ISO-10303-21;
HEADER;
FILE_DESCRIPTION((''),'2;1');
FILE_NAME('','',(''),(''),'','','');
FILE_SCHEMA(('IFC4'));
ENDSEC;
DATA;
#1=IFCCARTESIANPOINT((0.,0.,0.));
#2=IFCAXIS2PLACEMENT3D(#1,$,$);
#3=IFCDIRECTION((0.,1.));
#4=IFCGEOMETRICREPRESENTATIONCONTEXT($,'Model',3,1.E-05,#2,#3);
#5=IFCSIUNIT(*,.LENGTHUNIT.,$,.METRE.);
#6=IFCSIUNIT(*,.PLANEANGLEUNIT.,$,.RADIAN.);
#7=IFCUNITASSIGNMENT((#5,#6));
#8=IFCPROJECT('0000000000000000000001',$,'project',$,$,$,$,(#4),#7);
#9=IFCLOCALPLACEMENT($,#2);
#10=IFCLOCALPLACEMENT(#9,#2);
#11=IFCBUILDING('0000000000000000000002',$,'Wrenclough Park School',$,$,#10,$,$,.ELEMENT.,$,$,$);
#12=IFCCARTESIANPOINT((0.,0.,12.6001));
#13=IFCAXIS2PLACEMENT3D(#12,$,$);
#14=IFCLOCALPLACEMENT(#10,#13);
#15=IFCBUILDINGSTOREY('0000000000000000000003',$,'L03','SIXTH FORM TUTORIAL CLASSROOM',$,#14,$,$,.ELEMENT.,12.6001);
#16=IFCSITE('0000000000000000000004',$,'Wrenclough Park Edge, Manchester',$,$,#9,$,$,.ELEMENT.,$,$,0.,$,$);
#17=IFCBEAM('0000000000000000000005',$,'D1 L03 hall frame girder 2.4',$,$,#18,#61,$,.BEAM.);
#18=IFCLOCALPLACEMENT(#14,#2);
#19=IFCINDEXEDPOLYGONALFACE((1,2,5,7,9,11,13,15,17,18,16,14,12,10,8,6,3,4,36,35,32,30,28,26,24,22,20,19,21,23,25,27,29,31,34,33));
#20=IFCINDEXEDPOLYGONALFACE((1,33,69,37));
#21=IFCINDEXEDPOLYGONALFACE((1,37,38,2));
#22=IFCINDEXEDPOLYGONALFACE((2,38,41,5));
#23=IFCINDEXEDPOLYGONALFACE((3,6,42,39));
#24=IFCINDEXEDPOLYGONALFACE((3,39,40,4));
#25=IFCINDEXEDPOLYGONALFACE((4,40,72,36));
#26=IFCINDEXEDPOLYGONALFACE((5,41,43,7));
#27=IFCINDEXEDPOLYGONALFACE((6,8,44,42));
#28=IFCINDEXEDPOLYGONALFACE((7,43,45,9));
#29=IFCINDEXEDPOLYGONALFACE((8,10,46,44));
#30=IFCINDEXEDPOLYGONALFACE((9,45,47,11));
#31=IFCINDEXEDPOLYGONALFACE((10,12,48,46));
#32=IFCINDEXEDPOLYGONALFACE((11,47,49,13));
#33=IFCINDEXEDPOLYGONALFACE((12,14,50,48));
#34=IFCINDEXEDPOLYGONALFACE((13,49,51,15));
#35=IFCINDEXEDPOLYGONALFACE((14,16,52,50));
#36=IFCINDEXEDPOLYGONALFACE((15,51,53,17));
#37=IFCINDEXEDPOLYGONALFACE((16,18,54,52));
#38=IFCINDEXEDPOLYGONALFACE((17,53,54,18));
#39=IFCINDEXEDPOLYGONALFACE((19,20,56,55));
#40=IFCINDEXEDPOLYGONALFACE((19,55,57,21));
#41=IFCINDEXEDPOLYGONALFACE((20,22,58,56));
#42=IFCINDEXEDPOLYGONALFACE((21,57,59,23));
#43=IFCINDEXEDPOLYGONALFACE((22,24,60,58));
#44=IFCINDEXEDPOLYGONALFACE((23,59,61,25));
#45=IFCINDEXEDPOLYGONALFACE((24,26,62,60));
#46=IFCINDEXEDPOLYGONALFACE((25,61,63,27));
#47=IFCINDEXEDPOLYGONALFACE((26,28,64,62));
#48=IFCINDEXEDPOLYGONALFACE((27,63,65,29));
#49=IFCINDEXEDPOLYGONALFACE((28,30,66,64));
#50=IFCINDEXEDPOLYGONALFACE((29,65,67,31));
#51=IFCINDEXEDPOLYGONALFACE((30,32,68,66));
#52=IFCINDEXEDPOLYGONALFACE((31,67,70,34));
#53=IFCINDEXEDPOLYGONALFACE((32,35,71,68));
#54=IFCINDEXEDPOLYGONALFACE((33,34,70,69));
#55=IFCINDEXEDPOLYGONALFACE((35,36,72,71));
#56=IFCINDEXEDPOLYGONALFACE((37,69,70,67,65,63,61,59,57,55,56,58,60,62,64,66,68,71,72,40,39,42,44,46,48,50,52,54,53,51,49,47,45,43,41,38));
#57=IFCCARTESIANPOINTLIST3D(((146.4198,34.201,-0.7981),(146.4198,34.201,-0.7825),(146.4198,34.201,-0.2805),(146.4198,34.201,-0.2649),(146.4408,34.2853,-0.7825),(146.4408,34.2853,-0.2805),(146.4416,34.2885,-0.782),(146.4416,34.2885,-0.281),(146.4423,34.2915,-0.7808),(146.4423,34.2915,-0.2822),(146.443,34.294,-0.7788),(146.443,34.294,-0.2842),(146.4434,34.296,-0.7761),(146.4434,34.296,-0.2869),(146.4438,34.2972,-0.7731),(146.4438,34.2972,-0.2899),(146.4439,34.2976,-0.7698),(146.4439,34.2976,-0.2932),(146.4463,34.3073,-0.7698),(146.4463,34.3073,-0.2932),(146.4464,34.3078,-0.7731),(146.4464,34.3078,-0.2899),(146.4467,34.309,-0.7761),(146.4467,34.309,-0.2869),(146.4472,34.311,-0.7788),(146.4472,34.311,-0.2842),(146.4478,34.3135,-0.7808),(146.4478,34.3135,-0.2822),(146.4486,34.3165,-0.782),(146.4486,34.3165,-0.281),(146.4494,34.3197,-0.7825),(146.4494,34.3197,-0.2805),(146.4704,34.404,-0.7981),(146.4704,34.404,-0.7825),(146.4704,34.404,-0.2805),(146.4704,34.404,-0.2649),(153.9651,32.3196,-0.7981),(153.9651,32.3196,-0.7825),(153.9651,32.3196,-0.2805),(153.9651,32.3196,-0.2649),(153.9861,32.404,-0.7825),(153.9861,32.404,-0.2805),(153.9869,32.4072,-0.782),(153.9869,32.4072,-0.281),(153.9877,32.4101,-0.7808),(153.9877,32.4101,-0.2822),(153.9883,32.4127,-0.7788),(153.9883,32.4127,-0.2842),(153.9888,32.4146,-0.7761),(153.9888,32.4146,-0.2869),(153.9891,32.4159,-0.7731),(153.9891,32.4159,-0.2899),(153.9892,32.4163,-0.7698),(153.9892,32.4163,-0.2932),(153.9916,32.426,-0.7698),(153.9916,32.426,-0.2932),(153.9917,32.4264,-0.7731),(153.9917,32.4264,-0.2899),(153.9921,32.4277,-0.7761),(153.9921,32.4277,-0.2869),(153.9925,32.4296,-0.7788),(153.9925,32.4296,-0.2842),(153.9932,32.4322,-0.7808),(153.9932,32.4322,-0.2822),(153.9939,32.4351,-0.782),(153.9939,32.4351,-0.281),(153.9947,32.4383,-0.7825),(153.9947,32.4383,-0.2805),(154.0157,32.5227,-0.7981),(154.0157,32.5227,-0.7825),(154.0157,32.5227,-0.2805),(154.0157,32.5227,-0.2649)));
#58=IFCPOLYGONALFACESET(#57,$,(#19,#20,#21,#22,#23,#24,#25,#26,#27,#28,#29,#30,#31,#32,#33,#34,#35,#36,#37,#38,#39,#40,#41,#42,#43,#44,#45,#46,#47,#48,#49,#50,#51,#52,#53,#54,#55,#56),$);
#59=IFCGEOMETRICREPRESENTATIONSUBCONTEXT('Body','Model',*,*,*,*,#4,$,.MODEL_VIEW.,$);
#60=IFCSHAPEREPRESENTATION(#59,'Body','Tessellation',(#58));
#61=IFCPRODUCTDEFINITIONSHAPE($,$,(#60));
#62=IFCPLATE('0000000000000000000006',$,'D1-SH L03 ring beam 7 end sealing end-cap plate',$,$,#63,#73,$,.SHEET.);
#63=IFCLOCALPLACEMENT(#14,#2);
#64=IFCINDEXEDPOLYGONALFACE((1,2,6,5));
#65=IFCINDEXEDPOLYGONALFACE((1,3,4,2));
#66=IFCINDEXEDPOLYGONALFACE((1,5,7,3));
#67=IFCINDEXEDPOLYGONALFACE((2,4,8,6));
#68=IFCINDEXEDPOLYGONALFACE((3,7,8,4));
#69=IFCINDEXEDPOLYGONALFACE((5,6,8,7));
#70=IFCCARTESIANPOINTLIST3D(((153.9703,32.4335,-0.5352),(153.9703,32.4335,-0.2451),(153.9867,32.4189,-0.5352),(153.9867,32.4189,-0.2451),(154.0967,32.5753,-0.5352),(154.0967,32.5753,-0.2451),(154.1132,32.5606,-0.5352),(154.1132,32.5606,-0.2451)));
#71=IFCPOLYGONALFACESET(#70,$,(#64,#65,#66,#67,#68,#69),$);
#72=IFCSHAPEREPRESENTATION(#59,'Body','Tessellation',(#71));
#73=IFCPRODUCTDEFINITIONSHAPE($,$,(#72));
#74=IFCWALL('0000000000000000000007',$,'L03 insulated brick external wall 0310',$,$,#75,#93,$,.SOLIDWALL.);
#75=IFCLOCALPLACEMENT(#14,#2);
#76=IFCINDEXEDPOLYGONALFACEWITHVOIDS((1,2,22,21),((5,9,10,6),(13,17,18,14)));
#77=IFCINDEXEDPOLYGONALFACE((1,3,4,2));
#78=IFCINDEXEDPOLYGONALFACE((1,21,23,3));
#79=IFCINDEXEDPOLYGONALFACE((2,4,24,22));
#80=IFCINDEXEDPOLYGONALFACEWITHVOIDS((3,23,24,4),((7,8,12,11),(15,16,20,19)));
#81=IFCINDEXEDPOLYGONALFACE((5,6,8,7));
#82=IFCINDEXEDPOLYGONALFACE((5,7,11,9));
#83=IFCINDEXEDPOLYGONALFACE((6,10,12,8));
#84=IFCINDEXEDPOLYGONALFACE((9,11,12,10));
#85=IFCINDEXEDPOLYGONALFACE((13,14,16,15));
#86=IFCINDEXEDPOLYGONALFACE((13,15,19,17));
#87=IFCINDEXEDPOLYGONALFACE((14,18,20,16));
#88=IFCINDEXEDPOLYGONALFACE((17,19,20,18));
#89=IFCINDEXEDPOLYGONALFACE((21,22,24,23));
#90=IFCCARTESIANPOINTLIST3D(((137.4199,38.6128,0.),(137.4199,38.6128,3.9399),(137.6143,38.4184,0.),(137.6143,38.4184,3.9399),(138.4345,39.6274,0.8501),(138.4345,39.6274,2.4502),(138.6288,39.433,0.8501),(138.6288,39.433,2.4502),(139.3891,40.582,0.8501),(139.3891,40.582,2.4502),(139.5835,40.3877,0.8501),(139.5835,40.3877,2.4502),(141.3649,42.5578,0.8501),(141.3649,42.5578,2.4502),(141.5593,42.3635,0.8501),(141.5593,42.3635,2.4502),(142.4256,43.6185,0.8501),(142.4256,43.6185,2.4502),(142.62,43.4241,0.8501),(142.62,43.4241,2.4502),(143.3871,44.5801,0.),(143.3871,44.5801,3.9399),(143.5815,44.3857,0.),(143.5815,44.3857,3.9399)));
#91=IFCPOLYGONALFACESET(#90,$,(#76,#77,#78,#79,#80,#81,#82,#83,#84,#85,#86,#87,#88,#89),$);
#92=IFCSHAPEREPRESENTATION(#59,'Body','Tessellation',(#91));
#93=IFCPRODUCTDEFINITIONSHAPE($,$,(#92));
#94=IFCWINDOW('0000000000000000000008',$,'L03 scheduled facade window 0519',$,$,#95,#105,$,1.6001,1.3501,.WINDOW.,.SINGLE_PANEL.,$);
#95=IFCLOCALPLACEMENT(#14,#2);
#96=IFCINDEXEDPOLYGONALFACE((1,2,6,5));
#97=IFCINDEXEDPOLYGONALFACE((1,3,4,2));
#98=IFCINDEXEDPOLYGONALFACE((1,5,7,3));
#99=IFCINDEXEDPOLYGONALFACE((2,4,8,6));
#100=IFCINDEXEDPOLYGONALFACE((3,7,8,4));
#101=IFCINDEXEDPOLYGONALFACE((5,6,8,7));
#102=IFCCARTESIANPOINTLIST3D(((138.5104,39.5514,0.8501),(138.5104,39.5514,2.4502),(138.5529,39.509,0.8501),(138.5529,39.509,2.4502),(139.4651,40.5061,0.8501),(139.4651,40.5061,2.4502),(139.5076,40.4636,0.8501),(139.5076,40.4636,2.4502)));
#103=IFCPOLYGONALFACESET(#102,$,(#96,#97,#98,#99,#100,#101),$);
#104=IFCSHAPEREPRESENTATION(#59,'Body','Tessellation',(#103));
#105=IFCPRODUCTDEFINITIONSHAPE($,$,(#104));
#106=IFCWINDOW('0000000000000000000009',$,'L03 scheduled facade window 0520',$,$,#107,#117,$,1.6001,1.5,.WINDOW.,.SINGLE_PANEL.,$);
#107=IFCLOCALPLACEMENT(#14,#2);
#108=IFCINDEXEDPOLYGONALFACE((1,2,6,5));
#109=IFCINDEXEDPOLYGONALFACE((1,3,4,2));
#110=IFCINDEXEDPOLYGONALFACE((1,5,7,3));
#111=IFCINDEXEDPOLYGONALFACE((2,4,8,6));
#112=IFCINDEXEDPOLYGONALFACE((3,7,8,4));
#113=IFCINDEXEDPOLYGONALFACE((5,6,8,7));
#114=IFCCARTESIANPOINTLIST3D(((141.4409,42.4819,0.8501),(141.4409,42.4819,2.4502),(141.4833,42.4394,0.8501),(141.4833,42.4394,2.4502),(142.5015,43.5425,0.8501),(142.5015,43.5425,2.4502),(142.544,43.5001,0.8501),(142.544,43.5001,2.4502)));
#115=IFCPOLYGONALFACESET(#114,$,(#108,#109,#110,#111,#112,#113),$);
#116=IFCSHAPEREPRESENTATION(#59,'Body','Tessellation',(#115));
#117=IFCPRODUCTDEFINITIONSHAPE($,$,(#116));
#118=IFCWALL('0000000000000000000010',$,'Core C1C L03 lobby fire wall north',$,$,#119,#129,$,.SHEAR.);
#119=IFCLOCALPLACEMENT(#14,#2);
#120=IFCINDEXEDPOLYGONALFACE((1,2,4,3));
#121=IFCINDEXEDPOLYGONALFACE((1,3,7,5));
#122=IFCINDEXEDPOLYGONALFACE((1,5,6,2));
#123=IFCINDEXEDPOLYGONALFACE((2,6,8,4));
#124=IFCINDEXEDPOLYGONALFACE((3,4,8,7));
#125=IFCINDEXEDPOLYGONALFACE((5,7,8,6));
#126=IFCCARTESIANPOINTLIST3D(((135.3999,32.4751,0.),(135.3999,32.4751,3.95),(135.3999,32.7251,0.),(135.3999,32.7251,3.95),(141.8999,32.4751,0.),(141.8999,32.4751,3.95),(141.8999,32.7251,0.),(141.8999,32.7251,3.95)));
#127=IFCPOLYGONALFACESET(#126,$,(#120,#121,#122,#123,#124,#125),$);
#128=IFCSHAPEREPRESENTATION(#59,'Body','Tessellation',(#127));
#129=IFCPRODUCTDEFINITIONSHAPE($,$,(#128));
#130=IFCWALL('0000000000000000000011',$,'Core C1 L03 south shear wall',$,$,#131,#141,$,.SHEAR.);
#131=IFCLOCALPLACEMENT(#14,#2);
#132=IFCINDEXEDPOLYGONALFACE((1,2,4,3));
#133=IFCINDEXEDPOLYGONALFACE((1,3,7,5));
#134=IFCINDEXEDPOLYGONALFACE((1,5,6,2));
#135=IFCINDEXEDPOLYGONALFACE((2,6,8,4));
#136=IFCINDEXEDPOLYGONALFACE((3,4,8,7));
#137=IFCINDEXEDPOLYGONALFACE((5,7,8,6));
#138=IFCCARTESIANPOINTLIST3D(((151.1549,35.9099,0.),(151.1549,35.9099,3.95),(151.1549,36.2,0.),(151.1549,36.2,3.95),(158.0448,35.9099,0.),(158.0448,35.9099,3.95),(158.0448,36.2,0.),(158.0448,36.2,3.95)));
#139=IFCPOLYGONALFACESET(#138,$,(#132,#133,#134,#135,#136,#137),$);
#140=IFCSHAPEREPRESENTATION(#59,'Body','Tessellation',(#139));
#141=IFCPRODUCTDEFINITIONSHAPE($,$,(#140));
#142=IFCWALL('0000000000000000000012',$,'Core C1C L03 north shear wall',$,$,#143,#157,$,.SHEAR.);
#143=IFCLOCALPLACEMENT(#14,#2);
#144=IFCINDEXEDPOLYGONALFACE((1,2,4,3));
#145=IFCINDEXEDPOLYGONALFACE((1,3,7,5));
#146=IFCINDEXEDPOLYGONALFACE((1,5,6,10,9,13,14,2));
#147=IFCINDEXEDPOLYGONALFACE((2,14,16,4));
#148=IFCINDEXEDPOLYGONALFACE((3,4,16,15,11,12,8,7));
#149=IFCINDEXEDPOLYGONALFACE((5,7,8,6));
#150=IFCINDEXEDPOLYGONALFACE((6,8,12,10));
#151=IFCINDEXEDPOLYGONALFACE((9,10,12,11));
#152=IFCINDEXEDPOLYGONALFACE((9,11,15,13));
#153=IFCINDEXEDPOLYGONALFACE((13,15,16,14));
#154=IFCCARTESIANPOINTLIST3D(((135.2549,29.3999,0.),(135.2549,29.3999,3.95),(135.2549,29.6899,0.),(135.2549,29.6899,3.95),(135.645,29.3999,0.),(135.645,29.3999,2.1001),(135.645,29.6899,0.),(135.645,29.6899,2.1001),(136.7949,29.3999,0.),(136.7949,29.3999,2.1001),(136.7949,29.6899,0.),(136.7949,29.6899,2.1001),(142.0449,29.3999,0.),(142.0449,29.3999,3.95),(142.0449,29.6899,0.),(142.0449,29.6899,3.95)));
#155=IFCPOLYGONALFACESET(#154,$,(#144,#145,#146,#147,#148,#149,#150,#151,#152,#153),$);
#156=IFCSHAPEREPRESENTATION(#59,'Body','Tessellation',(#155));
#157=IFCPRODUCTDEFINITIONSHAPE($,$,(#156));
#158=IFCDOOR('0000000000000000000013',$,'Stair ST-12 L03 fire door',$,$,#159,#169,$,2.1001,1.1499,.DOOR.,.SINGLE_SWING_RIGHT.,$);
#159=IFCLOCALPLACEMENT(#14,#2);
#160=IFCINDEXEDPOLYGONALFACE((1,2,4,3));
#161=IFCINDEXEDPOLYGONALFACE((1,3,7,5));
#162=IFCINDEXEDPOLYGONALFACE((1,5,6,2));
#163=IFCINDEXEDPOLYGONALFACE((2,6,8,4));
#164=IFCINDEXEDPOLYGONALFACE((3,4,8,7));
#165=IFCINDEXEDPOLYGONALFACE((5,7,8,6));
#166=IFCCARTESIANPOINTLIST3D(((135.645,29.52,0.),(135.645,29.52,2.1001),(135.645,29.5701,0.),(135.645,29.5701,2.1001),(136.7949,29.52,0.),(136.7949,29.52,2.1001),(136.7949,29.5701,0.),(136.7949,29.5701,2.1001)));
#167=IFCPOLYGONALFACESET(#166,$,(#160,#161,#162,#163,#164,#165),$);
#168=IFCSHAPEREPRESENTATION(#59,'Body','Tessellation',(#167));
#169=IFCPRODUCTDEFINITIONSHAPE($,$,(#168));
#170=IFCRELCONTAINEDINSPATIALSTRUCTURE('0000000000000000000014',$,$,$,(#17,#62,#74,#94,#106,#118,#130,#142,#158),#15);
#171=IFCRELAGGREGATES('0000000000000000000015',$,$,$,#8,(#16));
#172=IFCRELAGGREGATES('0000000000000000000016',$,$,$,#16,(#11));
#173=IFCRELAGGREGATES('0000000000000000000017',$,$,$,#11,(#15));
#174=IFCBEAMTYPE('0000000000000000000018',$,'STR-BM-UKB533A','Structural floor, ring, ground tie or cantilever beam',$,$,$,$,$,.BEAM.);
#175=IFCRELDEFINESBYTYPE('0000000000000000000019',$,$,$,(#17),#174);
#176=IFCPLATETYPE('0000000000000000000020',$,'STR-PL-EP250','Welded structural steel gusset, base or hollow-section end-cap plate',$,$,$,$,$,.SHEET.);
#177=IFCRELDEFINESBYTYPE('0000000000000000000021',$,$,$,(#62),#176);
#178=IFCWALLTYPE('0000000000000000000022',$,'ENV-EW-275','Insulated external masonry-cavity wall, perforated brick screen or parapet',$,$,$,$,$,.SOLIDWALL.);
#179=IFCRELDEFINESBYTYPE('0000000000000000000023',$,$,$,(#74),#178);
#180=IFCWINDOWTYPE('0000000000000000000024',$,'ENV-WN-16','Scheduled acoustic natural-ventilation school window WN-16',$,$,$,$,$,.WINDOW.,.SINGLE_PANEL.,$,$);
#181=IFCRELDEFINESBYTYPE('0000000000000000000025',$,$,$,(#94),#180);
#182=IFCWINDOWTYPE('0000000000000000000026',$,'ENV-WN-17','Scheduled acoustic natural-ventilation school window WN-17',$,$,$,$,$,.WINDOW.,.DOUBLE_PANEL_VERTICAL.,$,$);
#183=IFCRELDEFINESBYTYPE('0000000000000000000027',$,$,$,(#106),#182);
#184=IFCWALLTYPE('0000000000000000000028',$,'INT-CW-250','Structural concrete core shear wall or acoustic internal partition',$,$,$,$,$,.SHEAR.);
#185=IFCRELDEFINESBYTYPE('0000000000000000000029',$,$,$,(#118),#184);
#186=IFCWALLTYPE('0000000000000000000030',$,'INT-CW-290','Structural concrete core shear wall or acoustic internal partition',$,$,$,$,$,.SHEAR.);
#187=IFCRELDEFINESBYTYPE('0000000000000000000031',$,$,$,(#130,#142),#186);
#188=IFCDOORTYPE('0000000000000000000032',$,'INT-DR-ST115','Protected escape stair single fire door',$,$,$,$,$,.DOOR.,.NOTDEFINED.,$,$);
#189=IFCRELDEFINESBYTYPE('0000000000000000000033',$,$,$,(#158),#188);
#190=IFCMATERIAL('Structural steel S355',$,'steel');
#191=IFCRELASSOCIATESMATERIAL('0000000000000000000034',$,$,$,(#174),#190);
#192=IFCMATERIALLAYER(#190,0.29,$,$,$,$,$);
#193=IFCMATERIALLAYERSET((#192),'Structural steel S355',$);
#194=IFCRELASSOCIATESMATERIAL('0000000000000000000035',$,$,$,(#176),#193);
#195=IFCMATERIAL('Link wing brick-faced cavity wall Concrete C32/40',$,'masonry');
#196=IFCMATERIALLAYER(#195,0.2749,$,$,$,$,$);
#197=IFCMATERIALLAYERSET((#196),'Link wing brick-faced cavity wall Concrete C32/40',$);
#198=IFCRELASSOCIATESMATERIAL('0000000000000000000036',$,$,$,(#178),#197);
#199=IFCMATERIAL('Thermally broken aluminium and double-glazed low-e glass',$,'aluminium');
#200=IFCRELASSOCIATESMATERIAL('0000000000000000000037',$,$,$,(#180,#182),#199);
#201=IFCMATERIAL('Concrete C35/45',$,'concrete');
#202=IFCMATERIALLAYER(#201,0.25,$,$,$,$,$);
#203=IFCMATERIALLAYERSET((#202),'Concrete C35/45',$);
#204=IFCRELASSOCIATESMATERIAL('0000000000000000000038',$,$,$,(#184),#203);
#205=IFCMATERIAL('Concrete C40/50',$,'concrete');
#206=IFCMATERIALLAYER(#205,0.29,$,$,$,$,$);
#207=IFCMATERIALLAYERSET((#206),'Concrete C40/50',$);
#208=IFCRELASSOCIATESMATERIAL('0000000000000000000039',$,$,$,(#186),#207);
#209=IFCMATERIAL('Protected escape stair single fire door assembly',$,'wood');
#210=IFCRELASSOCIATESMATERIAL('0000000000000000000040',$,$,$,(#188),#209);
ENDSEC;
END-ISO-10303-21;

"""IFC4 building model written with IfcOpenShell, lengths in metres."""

from ifc_helpers import new_model, si_unit, direction, frame, frame_2d, origin, origin_2d, place, context, subcontext, project, spatial, rectangle, i_section, extrude, material, layer, layer_set, material_profile, profile_set, type_object, element, fill, save


model = new_model("IFC4")

# Units and contexts
model_context = context("Model", 3, precision=1e-05, world=origin(), true_north=direction((0.0, 1.0)))
body_context = subcontext(model_context, "Body", "Model", "MODEL_VIEW")
ifc_project = project(units=[si_unit("LENGTHUNIT", "METRE"), si_unit("PLANEANGLEUNIT", "RADIAN")], contexts=[model_context])

# Site, building, storey
site_placement = place(None, origin())
site = spatial("IfcSite", under=ifc_project, at=site_placement, Name="Wrenclough Park Edge, Manchester", CompositionType="ELEMENT", RefElevation=0.0)
building_placement = place(site_placement, origin())
building = spatial("IfcBuilding", under=site, at=building_placement, Name="Wrenclough Park School", CompositionType="ELEMENT")
storey_placement = place(building_placement, frame((0.0, 0.0, 12.6001)))
storey = spatial("IfcBuildingStorey", under=building, at=storey_placement, Name="L03", Description="SIXTH FORM TUTORIAL CLASSROOM", CompositionType="ELEMENT", Elevation=12.6001)

# Shared definitions
ifc_material_1 = material(Name="Structural steel S355", Category="steel")

# Beam
ifc_material_profile_1 = material_profile(ifc_material_1, i_section(OverallWidth=0.2092, OverallDepth=0.5332, WebThickness=0.01, FlangeThickness=0.0156, FilletRadius=0.0127, at=origin_2d()), Name="UKB 533x210x92")
ifc_profile_set_1 = profile_set([ifc_material_profile_1], Name="Structural steel S355")
beam_type_1 = type_object("IfcBeamType", Name="STR-BM-UKB533A", Description="Structural floor, ring, ground tie or cantilever beam", PredefinedType="BEAM", material=ifc_profile_set_1)
beam_1_placement = place(storey_placement, frame((146.4451, 34.3025, -0.5315), z_axis=(0.970294, -0.24193, 0.0), x_axis=(0.24193, 0.970294, 0.0)))
element("IfcBeam", 1, at=beam_1_placement, inside=storey, type_object=beam_type_1, Name="D1 L03 hall frame girder 2.4", PredefinedType="BEAM", context=body_context, shape_type="SweptSolid", body=[
    extrude(i_section(OverallWidth=0.2092, OverallDepth=0.5332, WebThickness=0.01, FlangeThickness=0.0156, FilletRadius=0.0127, at=origin_2d()), origin(), (0.0, 0.0, 1.0), 7.7764),
])

# Plate
ifc_layer_1 = layer(ifc_material_1, 0.29)
ifc_layer_set_1 = layer_set([ifc_layer_1], Name="Structural steel S355")
plate_type = type_object("IfcPlateType", Name="STR-PL-EP250", Description="Welded structural steel gusset, base or hollow-section end-cap plate", PredefinedType="SHEET", material=ifc_layer_set_1)
plate_placement = place(storey_placement, frame((154.0417, 32.4971, -0.5352), z_axis=(0.0, 0.0, 1.0), x_axis=(0.746406, -0.665491, 0.0)))
element("IfcPlate", 2, at=plate_placement, inside=storey, type_object=plate_type, Name="D1-SH L03 ring beam 7 end sealing end-cap plate", PredefinedType="SHEET", context=body_context, shape_type="SweptSolid", body=[
    extrude(rectangle(XDim=0.022, YDim=0.1899, at=origin_2d()), origin(), (0.0, 0.0, 1.0), 0.29),
])

# Wall, openings, windows
ifc_material_2 = material(Name="Link wing brick-faced cavity wall Concrete C32/40", Category="masonry")
ifc_layer_2 = layer(ifc_material_2, 0.2749)
ifc_layer_set_2 = layer_set([ifc_layer_2], Name="Link wing brick-faced cavity wall Concrete C32/40")
wall_type_1 = type_object("IfcWallType", Name="ENV-EW-275", Description="Insulated external masonry-cavity wall, perforated brick screen or parapet", PredefinedType="SOLIDWALL", material=ifc_layer_set_2)
wall_1_placement = place(storey_placement, frame((137.5171, 38.5156, 0.0), z_axis=(0.0, 0.0, 1.0), x_axis=(0.707107, 0.707107, 0.0)))
wall_1 = element("IfcWall", 3, at=wall_1_placement, inside=storey, type_object=wall_type_1, Name="L03 insulated brick external wall 0310", PredefinedType="SOLIDWALL", context=body_context, shape_type="SweptSolid", body=[
    extrude(rectangle(XDim=8.439, YDim=0.2749, at=frame_2d((4.2195, 0.0))), origin(), (0.0, 0.0, 1.0), 3.9399),
])
opening_1_placement = place(wall_1_placement, frame((1.4348, 0.0, 0.8501)))
opening_1 = element("IfcOpeningElement", 4, at=opening_1_placement, cuts=wall_1, PredefinedType="OPENING", context=body_context, shape_type="SweptSolid", body=[
    extrude(rectangle(XDim=1.3501, YDim=1.6001, at=frame_2d((0.675, 0.8))), frame((0.0, 0.1475, 0.0), z_axis=(0.0, -1.0, 0.0), x_axis=(1.0, 0.0, 0.0)), (0.0, 0.0, 1.0), 0.2949),
])
opening_2_placement = place(wall_1_placement, frame((5.5791, 0.0, 0.8501)))
opening_2 = element("IfcOpeningElement", 5, at=opening_2_placement, cuts=wall_1, PredefinedType="OPENING", context=body_context, shape_type="SweptSolid", body=[
    extrude(rectangle(XDim=1.5, YDim=1.6001, at=frame_2d((0.75, 0.8))), frame((0.0, 0.1475, 0.0), z_axis=(0.0, -1.0, 0.0), x_axis=(1.0, 0.0, 0.0)), (0.0, 0.0, 1.0), 0.2949),
])
ifc_material_3 = material(Name="Thermally broken aluminium and double-glazed low-e glass", Category="aluminium")
window_type_1 = type_object("IfcWindowType", Name="ENV-WN-16", Description="Scheduled acoustic natural-ventilation school window WN-16", PartitioningType="SINGLE_PANEL", PredefinedType="WINDOW", material=ifc_material_3)
window_1_placement = place(opening_1_placement, origin())
window_1 = element("IfcWindow", 6, at=window_1_placement, inside=storey, type_object=window_type_1, Name="L03 scheduled facade window 0519", OverallHeight=1.6001, OverallWidth=1.3501, PartitioningType="SINGLE_PANEL", PredefinedType="WINDOW", context=body_context, shape_type="SweptSolid", body=[
    extrude(rectangle(XDim=1.3501, YDim=1.6001, at=frame_2d((0.675, 0.8))), frame((0.0, 0.03, 0.0), z_axis=(0.0, -1.0, 0.0), x_axis=(1.0, 0.0, 0.0)), (0.0, 0.0, 1.0), 0.0601),
])
fill(opening_1, window_1)
window_type_2 = type_object("IfcWindowType", Name="ENV-WN-17", Description="Scheduled acoustic natural-ventilation school window WN-17", PartitioningType="DOUBLE_PANEL_VERTICAL", PredefinedType="WINDOW", material=ifc_material_3)
window_2_placement = place(opening_2_placement, origin())
window_2 = element("IfcWindow", 7, at=window_2_placement, inside=storey, type_object=window_type_2, Name="L03 scheduled facade window 0520", OverallHeight=1.6001, OverallWidth=1.5, PartitioningType="SINGLE_PANEL", PredefinedType="WINDOW", context=body_context, shape_type="SweptSolid", body=[
    extrude(rectangle(XDim=1.5, YDim=1.6001, at=frame_2d((0.75, 0.8))), frame((0.0, 0.03, 0.0), z_axis=(0.0, -1.0, 0.0), x_axis=(1.0, 0.0, 0.0)), (0.0, 0.0, 1.0), 0.0601),
])
fill(opening_2, window_2)

# Shared definitions
ifc_material_4 = material(Name="Concrete C35/45", Category="concrete")
ifc_layer_3 = layer(ifc_material_4, 0.25)
ifc_layer_set_3 = layer_set([ifc_layer_3], Name="Concrete C35/45")
wall_type_2 = type_object("IfcWallType", Name="INT-CW-250", Description="Structural concrete core shear wall or acoustic internal partition", PredefinedType="SHEAR", material=ifc_layer_set_3)

# Walls
wall_2_placement = place(storey_placement, frame((141.8999, 32.6001, 0.0), z_axis=(0.0, 0.0, 1.0), x_axis=(-1.0, 0.0, 0.0)))
element("IfcWall", 8, at=wall_2_placement, inside=storey, type_object=wall_type_2, Name="Core C1C L03 lobby fire wall north", PredefinedType="SHEAR", context=body_context, shape_type="SweptSolid", body=[
    extrude(rectangle(XDim=6.5, YDim=0.25, at=frame_2d((3.25, 0.0))), origin(), (0.0, 0.0, 1.0), 3.95),
])
ifc_material_5 = material(Name="Concrete C40/50", Category="concrete")
ifc_layer_4 = layer(ifc_material_5, 0.29)
ifc_layer_set_4 = layer_set([ifc_layer_4], Name="Concrete C40/50")
wall_type_3 = type_object("IfcWallType", Name="INT-CW-290", Description="Structural concrete core shear wall or acoustic internal partition", PredefinedType="SHEAR", material=ifc_layer_set_4)
wall_3_placement = place(storey_placement, frame((151.155, 36.0549, 0.0), z_axis=(0.0, 0.0, 1.0), x_axis=(1.0, 0.0, 0.0)))
element("IfcWall", 9, at=wall_3_placement, inside=storey, type_object=wall_type_3, Name="Core C1 L03 south shear wall", PredefinedType="SHEAR", context=body_context, shape_type="SweptSolid", body=[
    extrude(rectangle(XDim=6.8899, YDim=0.29, at=frame_2d((3.4448, 0.0))), origin(), (0.0, 0.0, 1.0), 3.95),
])

# Wall, opening, door
wall_4_placement = place(storey_placement, frame((142.0449, 29.5449, 0.0), z_axis=(0.0, 0.0, 1.0), x_axis=(-1.0, 0.0, 0.0)))
wall_4 = element("IfcWall", 10, at=wall_4_placement, inside=storey, type_object=wall_type_3, Name="Core C1C L03 north shear wall", PredefinedType="SHEAR", context=body_context, shape_type="SweptSolid", body=[
    extrude(rectangle(XDim=6.79, YDim=0.29, at=frame_2d((3.395, 0.0))), origin(), (0.0, 0.0, 1.0), 3.95),
])
opening_3_placement = place(wall_4_placement, frame((5.25, 0.0, 0.0)))
opening_3 = element("IfcOpeningElement", 11, at=opening_3_placement, cuts=wall_4, PredefinedType="OPENING", context=body_context, shape_type="SweptSolid", body=[
    extrude(rectangle(XDim=1.1499, YDim=2.1001, at=frame_2d((0.575, 1.05))), frame((0.0, 0.155, 0.0), z_axis=(0.0, -1.0, 0.0), x_axis=(1.0, 0.0, 0.0)), (0.0, 0.0, 1.0), 0.3101),
])
ifc_material_6 = material(Name="Protected escape stair single fire door assembly", Category="wood")
door_type_1 = type_object("IfcDoorType", Name="INT-DR-ST115", Description="Protected escape stair single fire door", OperationType="NOTDEFINED", PredefinedType="DOOR", material=ifc_material_6)
door_1_placement = place(opening_3_placement, origin())
door_1 = element("IfcDoor", 12, at=door_1_placement, inside=storey, type_object=door_type_1, Name="Stair ST-12 L03 fire door", OperationType="SINGLE_SWING_RIGHT", OverallHeight=2.1001, OverallWidth=1.1499, PredefinedType="DOOR", context=body_context, shape_type="SweptSolid", body=[
    extrude(rectangle(XDim=1.1499, YDim=2.1001, at=frame_2d((0.575, 1.05))), frame((0.0, 0.0249, 0.0), z_axis=(0.0, -1.0, 0.0), x_axis=(1.0, 0.0, 0.0)), (0.0, 0.0, 1.0), 0.05),
])
fill(opening_3, door_1)

save(model, "model.ifc")
